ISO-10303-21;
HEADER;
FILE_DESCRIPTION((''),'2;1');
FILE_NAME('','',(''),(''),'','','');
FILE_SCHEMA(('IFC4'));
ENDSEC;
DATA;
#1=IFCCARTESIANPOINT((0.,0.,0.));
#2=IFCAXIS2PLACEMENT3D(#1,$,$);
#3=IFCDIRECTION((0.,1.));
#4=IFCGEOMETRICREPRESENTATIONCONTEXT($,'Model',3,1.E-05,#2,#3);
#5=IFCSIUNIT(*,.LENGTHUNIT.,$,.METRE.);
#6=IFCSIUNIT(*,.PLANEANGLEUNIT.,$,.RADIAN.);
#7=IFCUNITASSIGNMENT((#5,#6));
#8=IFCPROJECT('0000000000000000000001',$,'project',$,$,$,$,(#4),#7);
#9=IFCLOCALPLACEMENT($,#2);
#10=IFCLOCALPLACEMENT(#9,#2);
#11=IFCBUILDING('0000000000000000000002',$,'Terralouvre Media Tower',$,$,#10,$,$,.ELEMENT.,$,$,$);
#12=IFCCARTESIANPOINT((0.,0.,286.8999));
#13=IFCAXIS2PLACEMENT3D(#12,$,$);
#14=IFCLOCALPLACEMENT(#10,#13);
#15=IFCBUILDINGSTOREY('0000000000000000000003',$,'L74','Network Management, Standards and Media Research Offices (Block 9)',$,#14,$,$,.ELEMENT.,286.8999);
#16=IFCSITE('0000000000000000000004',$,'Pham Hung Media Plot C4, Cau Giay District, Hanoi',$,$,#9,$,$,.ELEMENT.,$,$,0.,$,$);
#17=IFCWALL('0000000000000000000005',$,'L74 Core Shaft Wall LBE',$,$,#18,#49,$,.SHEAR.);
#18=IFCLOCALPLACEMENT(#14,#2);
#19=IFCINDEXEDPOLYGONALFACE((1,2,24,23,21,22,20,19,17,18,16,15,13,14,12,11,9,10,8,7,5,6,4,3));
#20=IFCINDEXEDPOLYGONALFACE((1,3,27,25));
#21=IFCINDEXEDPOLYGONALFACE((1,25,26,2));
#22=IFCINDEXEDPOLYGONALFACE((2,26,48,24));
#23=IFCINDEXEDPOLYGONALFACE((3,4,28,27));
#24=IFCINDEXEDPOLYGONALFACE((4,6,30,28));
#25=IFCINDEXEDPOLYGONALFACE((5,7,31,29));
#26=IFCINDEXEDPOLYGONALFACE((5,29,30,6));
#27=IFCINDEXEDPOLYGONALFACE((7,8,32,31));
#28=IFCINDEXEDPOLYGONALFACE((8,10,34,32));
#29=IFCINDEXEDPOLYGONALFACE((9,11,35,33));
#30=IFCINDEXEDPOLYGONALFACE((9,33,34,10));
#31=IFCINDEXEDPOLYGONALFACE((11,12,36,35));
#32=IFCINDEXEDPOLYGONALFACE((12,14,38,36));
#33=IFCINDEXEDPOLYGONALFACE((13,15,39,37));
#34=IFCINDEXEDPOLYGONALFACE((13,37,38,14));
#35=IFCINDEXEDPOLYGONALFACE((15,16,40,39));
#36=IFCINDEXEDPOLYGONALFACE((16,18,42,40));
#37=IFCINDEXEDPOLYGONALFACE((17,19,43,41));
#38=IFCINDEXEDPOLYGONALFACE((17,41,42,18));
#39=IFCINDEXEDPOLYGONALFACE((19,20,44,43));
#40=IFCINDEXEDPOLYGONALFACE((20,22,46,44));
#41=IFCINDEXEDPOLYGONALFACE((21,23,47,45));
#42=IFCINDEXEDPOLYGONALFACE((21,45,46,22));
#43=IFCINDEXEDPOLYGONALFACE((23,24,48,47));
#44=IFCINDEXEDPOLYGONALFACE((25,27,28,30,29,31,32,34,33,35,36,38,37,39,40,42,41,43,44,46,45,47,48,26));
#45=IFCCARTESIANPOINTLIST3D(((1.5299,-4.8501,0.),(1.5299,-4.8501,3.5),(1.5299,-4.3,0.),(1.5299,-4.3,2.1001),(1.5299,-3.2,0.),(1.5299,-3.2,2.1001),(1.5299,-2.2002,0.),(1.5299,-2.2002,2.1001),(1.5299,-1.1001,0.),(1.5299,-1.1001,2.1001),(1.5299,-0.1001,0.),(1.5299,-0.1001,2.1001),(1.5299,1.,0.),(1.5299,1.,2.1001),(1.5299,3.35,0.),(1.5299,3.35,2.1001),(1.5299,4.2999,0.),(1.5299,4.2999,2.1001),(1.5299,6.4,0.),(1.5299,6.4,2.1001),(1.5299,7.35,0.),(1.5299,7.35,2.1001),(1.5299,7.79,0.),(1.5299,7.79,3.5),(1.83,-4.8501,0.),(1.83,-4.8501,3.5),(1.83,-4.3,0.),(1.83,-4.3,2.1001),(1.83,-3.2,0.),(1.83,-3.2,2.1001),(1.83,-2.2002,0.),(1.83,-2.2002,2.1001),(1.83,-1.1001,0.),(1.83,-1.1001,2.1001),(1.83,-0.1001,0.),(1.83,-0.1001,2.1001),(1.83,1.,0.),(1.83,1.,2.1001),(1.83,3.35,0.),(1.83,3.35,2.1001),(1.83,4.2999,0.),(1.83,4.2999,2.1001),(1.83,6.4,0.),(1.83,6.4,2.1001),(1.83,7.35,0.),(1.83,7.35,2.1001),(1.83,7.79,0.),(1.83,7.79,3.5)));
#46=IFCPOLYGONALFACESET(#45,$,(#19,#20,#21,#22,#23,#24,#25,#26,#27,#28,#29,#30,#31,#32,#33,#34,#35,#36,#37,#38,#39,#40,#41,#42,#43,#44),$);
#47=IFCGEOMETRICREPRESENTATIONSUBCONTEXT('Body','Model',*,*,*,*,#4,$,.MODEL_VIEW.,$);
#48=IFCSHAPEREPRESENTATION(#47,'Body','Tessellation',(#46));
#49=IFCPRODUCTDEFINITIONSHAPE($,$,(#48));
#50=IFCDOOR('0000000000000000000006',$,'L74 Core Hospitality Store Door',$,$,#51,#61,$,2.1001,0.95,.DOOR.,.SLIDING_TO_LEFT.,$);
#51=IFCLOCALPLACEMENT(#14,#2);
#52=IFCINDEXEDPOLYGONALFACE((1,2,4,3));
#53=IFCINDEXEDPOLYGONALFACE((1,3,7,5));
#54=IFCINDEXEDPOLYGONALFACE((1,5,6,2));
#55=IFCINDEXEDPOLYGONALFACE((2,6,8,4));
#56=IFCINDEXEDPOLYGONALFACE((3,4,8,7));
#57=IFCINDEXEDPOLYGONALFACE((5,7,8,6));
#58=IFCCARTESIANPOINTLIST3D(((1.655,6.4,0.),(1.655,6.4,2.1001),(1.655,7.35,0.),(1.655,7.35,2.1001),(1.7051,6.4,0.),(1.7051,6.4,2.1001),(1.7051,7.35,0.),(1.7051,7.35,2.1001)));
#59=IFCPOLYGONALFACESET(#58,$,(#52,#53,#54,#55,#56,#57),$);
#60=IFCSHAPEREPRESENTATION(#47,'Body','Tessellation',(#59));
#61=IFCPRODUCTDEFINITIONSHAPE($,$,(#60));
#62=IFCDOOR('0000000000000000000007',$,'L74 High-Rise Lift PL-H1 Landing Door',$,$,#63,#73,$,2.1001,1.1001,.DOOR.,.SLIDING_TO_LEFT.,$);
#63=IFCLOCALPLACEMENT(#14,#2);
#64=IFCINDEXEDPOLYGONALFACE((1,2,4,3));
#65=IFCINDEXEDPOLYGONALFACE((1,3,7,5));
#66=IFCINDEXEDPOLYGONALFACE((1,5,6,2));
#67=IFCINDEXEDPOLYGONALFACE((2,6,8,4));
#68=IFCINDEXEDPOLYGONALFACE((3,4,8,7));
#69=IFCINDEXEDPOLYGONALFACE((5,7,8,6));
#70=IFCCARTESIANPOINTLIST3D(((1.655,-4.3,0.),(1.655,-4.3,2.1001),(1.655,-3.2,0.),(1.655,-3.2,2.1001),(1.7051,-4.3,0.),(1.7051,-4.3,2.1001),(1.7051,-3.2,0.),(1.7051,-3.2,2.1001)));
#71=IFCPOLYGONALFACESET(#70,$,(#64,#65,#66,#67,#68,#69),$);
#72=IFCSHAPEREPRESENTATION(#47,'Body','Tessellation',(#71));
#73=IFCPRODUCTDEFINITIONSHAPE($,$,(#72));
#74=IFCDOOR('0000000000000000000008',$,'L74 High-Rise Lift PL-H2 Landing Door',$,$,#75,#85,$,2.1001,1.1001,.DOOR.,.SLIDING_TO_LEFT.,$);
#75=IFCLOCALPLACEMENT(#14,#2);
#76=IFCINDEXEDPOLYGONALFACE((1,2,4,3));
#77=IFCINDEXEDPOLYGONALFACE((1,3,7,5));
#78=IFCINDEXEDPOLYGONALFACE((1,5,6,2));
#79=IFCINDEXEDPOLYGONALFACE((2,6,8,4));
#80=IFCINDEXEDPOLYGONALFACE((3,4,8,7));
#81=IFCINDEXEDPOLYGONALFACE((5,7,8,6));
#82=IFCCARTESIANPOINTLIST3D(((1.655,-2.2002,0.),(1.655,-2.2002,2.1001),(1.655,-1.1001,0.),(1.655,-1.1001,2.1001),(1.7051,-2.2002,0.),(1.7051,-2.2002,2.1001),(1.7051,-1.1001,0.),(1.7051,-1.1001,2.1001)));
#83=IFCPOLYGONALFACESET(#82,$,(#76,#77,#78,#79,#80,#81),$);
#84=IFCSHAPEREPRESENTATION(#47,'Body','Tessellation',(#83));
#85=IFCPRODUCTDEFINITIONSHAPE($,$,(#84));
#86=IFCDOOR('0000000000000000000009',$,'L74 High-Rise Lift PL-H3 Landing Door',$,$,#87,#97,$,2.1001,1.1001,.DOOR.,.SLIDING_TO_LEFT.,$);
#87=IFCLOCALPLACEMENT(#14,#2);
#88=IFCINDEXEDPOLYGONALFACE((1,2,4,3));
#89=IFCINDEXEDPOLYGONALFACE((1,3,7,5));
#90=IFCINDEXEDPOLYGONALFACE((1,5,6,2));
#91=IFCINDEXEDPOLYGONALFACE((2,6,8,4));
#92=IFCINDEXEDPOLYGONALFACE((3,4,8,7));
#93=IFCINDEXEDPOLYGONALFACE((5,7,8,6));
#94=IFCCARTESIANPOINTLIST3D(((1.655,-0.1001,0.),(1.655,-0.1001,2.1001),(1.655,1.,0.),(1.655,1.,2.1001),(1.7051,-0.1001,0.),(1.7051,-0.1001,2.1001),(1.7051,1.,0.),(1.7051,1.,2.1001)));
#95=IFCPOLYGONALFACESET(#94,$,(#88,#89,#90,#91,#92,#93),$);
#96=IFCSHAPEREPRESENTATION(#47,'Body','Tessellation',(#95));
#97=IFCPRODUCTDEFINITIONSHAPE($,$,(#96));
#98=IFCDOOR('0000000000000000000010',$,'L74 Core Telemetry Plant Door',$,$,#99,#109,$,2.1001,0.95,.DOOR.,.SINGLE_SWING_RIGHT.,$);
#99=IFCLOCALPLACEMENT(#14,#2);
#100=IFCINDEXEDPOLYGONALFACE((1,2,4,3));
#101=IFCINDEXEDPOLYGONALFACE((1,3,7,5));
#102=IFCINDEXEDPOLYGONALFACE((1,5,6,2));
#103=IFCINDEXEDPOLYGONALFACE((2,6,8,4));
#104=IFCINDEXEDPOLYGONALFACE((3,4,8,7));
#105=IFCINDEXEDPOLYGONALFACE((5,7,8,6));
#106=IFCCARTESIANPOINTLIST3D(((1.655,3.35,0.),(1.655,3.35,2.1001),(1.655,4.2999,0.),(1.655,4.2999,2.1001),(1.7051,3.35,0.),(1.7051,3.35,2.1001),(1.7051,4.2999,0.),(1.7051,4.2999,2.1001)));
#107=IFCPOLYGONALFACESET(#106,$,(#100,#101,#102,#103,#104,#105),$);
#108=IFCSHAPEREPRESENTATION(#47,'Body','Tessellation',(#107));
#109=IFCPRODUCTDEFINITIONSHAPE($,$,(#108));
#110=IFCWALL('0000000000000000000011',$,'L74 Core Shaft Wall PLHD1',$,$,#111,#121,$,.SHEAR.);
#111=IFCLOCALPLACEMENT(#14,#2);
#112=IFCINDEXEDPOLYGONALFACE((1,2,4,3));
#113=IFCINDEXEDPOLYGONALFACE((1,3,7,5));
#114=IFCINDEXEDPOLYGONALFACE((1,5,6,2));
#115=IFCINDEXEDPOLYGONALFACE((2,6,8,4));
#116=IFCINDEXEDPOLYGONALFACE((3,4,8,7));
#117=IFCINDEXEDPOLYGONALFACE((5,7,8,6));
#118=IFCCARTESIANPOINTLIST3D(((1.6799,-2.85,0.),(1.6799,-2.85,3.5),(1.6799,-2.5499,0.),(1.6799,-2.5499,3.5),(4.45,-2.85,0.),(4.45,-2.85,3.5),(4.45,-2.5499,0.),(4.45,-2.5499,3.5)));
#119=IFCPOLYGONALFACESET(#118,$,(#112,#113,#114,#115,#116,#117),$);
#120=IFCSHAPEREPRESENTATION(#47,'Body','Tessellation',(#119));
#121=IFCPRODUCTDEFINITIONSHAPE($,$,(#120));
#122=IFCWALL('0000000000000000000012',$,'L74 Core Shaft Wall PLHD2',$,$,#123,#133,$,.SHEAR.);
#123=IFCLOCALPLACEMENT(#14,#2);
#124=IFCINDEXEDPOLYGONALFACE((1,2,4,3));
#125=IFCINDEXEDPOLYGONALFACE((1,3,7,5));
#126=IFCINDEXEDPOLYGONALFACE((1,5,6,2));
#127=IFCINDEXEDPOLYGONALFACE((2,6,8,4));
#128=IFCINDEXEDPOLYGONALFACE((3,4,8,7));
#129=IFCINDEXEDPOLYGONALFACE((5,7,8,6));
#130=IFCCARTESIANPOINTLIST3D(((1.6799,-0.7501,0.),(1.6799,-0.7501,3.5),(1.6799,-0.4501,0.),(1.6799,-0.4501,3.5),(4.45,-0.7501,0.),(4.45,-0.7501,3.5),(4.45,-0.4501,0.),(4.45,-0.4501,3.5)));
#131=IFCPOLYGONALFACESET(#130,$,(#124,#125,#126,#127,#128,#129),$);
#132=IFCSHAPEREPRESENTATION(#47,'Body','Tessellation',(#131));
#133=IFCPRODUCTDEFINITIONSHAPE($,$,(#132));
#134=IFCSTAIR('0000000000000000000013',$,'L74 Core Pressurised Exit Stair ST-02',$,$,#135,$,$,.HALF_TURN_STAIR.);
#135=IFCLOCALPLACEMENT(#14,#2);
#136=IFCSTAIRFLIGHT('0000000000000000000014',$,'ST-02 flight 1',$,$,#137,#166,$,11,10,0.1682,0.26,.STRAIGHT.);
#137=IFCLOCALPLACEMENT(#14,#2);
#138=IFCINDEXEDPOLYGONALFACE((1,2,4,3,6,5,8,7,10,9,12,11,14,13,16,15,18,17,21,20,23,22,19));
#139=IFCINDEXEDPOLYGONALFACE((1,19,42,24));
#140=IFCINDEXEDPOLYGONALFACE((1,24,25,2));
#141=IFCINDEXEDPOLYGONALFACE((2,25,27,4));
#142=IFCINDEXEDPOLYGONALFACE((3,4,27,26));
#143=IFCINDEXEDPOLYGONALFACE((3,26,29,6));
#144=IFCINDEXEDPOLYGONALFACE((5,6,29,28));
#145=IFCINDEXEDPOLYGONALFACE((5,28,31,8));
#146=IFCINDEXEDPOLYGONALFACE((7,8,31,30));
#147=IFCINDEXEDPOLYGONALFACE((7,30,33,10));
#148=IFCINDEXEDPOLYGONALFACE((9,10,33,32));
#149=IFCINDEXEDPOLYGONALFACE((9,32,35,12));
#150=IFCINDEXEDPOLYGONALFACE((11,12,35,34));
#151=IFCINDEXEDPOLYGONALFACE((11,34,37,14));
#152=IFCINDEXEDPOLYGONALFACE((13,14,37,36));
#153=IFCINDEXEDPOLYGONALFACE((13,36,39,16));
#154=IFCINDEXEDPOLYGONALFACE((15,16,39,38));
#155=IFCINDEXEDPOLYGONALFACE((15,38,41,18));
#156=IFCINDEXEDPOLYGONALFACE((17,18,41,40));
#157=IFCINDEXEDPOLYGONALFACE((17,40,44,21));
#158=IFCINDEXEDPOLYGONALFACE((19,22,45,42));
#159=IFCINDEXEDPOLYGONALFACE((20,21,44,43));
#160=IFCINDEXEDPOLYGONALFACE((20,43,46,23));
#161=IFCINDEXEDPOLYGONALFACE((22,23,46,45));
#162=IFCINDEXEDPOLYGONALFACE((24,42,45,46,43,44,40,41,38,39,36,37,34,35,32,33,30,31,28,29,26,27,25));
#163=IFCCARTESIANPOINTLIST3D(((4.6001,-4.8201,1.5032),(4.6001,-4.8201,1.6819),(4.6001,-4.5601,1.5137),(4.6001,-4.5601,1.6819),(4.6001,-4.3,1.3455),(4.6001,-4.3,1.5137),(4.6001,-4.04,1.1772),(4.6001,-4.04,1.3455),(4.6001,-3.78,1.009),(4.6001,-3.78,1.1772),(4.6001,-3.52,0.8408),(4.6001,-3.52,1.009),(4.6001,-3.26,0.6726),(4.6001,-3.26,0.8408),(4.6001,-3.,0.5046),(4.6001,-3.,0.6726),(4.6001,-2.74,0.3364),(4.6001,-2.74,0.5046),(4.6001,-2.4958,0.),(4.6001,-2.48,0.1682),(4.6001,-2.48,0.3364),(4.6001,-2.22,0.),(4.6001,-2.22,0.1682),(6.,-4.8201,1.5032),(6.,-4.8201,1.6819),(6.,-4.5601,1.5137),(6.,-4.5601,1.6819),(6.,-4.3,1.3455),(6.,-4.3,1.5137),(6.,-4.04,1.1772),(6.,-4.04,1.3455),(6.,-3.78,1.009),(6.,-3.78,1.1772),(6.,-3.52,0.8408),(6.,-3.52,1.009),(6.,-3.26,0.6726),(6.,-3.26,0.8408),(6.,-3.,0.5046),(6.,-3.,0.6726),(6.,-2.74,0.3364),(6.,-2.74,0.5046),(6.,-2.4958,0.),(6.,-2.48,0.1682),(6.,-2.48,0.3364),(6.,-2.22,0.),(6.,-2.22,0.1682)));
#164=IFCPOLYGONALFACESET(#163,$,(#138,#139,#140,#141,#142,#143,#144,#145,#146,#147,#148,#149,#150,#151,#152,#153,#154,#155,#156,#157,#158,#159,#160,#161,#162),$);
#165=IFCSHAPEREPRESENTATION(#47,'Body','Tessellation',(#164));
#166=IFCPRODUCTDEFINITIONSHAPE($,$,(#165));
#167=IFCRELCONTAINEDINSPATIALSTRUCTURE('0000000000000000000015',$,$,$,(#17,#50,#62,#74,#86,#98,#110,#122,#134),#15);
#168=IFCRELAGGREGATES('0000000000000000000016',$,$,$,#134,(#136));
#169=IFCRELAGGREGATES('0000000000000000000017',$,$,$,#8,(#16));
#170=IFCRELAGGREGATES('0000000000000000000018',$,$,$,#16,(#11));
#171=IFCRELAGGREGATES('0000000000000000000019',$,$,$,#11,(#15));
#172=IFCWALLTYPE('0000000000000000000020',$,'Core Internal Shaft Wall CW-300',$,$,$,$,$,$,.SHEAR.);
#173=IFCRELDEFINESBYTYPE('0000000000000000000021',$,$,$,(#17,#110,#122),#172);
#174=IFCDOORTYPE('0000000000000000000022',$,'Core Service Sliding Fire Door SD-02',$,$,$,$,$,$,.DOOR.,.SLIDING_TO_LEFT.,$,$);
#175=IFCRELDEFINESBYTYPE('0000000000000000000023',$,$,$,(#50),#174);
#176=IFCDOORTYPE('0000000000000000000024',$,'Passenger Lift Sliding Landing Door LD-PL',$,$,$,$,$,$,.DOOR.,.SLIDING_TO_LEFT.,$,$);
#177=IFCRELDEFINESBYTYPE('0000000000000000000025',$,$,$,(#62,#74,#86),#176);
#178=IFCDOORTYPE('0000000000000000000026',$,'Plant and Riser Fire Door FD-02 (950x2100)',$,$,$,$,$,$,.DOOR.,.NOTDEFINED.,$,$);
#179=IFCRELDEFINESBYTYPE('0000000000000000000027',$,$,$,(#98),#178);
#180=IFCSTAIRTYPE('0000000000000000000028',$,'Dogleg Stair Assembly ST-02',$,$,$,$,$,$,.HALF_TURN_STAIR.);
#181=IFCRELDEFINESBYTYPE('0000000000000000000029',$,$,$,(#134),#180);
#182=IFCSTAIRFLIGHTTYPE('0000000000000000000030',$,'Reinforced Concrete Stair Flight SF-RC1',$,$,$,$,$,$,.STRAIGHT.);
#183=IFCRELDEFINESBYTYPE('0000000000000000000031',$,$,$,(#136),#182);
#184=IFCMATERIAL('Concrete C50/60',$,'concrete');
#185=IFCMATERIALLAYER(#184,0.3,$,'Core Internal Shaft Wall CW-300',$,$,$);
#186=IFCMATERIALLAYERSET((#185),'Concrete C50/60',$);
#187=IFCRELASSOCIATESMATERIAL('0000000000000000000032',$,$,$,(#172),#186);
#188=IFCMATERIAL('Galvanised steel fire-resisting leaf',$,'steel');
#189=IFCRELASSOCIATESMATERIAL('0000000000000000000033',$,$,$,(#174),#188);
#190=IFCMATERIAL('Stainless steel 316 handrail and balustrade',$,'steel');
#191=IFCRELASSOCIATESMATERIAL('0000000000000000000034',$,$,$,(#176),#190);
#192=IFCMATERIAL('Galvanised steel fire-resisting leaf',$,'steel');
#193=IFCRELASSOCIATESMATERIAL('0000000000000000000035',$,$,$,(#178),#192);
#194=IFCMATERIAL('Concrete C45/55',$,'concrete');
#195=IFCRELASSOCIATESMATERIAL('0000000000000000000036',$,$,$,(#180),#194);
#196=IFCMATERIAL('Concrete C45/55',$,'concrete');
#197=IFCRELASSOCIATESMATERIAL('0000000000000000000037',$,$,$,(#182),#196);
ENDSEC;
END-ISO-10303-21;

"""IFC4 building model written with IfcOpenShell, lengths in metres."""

from ifc_helpers import new_model, si_unit, direction, frame, frame_2d, origin, place, context, subcontext, project, spatial, polyline, rectangle, outline, extrude, material, layer, layer_set, type_object, element, fill, aggregate, save


model = new_model("IFC4")

# Units and contexts
model_context = context("Model", 3, precision=1e-05, world=origin(), true_north=direction((0.0, 1.0)))
body_context = subcontext(model_context, "Body", "Model", "MODEL_VIEW")
ifc_project = project(units=[si_unit("LENGTHUNIT", "METRE"), si_unit("PLANEANGLEUNIT", "RADIAN")], contexts=[model_context])

# Site, building, storey
site_placement = place(None, origin())
site = spatial("IfcSite", under=ifc_project, at=site_placement, Name="Pham Hung Media Plot C4, Cau Giay District, Hanoi", CompositionType="ELEMENT", RefElevation=0.0)
building_placement = place(site_placement, origin())
building = spatial("IfcBuilding", under=site, at=building_placement, Name="Terralouvre Media Tower", CompositionType="ELEMENT")
storey_placement = place(building_placement, frame((0.0, 0.0, 286.8999)))
storey = spatial("IfcBuildingStorey", under=building, at=storey_placement, Name="L74", Description="Network Management, Standards and Media Research Offices (Block 9)", CompositionType="ELEMENT", Elevation=286.8999)

# Shared definitions
ifc_material_1 = material(Name="Concrete C50/60", Category="concrete")
ifc_layer_1 = layer(ifc_material_1, 0.3, Name="Core Internal Shaft Wall CW-300")
ifc_layer_set_1 = layer_set([ifc_layer_1], Name="Concrete C50/60")
wall_type = type_object("IfcWallType", Name="Core Internal Shaft Wall CW-300", PredefinedType="SHEAR", material=ifc_layer_set_1)

# Wall, openings, doors
wall_1_placement = place(storey_placement, frame((1.6799, -4.8501, 0.0), z_axis=(0.0, 0.0, 1.0), x_axis=(0.0, 1.0, 0.0)))
wall_1 = element("IfcWall", 1, at=wall_1_placement, inside=storey, type_object=wall_type, Name="L74 Core Shaft Wall LBE", PredefinedType="SHEAR", context=body_context, shape_type="SweptSolid", body=[
    extrude(rectangle(XDim=12.6401, YDim=0.3, at=frame_2d((6.3201, 0.0))), origin(), (0.0, 0.0, 1.0), 3.5),
])
opening_1_placement = place(wall_1_placement, frame((0.55, 0.0, 0.0)))
opening_1 = element("IfcOpeningElement", 2, at=opening_1_placement, cuts=wall_1, PredefinedType="OPENING", context=body_context, shape_type="SweptSolid", body=[
    extrude(rectangle(XDim=1.1001, YDim=2.1001, at=frame_2d((0.55, 1.05))), frame((0.0, 0.1599, 0.0), z_axis=(0.0, -1.0, 0.0), x_axis=(1.0, 0.0, 0.0)), (0.0, 0.0, 1.0), 0.3201),
])
opening_2_placement = place(wall_1_placement, frame((2.6499, 0.0, 0.0)))
opening_2 = element("IfcOpeningElement", 3, at=opening_2_placement, cuts=wall_1, PredefinedType="OPENING", context=body_context, shape_type="SweptSolid", body=[
    extrude(rectangle(XDim=1.1001, YDim=2.1001, at=frame_2d((0.55, 1.05))), frame((0.0, 0.1599, 0.0), z_axis=(0.0, -1.0, 0.0), x_axis=(1.0, 0.0, 0.0)), (0.0, 0.0, 1.0), 0.3201),
])
opening_3_placement = place(wall_1_placement, frame((4.75, 0.0, 0.0)))
opening_3 = element("IfcOpeningElement", 4, at=opening_3_placement, cuts=wall_1, PredefinedType="OPENING", context=body_context, shape_type="SweptSolid", body=[
    extrude(rectangle(XDim=1.1001, YDim=2.1001, at=frame_2d((0.55, 1.05))), frame((0.0, 0.1599, 0.0), z_axis=(0.0, -1.0, 0.0), x_axis=(1.0, 0.0, 0.0)), (0.0, 0.0, 1.0), 0.3201),
])
opening_4_placement = place(wall_1_placement, frame((8.2, 0.0, 0.0)))
opening_4 = element("IfcOpeningElement", 5, at=opening_4_placement, cuts=wall_1, PredefinedType="OPENING", context=body_context, shape_type="SweptSolid", body=[
    extrude(rectangle(XDim=0.95, YDim=2.1001, at=frame_2d((0.4751, 1.05))), frame((0.0, 0.1599, 0.0), z_axis=(0.0, -1.0, 0.0), x_axis=(1.0, 0.0, 0.0)), (0.0, 0.0, 1.0), 0.3201),
])
opening_5_placement = place(wall_1_placement, frame((11.25, 0.0, 0.0)))
opening_5 = element("IfcOpeningElement", 6, at=opening_5_placement, cuts=wall_1, PredefinedType="OPENING", context=body_context, shape_type="SweptSolid", body=[
    extrude(rectangle(XDim=0.95, YDim=2.1001, at=frame_2d((0.4751, 1.05))), frame((0.0, 0.1599, 0.0), z_axis=(0.0, -1.0, 0.0), x_axis=(1.0, 0.0, 0.0)), (0.0, 0.0, 1.0), 0.3201),
])
ifc_material_2 = material(Name="Galvanised steel fire-resisting leaf", Category="steel")
door_type_1 = type_object("IfcDoorType", Name="Core Service Sliding Fire Door SD-02", OperationType="SLIDING_TO_LEFT", PredefinedType="DOOR", material=ifc_material_2)
door_1_placement = place(opening_5_placement, origin())
door_1 = element("IfcDoor", 7, at=door_1_placement, inside=storey, type_object=door_type_1, Name="L74 Core Hospitality Store Door", OperationType="SLIDING_TO_LEFT", OverallHeight=2.1001, OverallWidth=0.95, PredefinedType="DOOR", context=body_context, shape_type="SweptSolid", body=[
    extrude(rectangle(XDim=0.95, YDim=2.1001, at=frame_2d((0.4751, 1.05))), frame((0.0, 0.0249, 0.0), z_axis=(0.0, -1.0, 0.0), x_axis=(1.0, 0.0, 0.0)), (0.0, 0.0, 1.0), 0.05),
])
fill(opening_5, door_1)
ifc_material_3 = material(Name="Stainless steel 316 handrail and balustrade", Category="steel")
door_type_2 = type_object("IfcDoorType", Name="Passenger Lift Sliding Landing Door LD-PL", OperationType="SLIDING_TO_LEFT", PredefinedType="DOOR", material=ifc_material_3)
door_2_placement = place(opening_1_placement, origin())
door_2 = element("IfcDoor", 8, at=door_2_placement, inside=storey, type_object=door_type_2, Name="L74 High-Rise Lift PL-H1 Landing Door", OperationType="SLIDING_TO_LEFT", OverallHeight=2.1001, OverallWidth=1.1001, PredefinedType="DOOR", context=body_context, shape_type="SweptSolid", body=[
    extrude(rectangle(XDim=1.1001, YDim=2.1001, at=frame_2d((0.55, 1.05))), frame((0.0, 0.0249, 0.0), z_axis=(0.0, -1.0, 0.0), x_axis=(1.0, 0.0, 0.0)), (0.0, 0.0, 1.0), 0.05),
])
fill(opening_1, door_2)
door_3_placement = place(opening_2_placement, origin())
door_3 = element("IfcDoor", 9, at=door_3_placement, inside=storey, type_object=door_type_2, Name="L74 High-Rise Lift PL-H2 Landing Door", OperationType="SLIDING_TO_LEFT", OverallHeight=2.1001, OverallWidth=1.1001, PredefinedType="DOOR", context=body_context, shape_type="SweptSolid", body=[
    extrude(rectangle(XDim=1.1001, YDim=2.1001, at=frame_2d((0.55, 1.05))), frame((0.0, 0.0249, 0.0), z_axis=(0.0, -1.0, 0.0), x_axis=(1.0, 0.0, 0.0)), (0.0, 0.0, 1.0), 0.05),
])
fill(opening_2, door_3)
door_4_placement = place(opening_3_placement, origin())
door_4 = element("IfcDoor", 10, at=door_4_placement, inside=storey, type_object=door_type_2, Name="L74 High-Rise Lift PL-H3 Landing Door", OperationType="SLIDING_TO_LEFT", OverallHeight=2.1001, OverallWidth=1.1001, PredefinedType="DOOR", context=body_context, shape_type="SweptSolid", body=[
    extrude(rectangle(XDim=1.1001, YDim=2.1001, at=frame_2d((0.55, 1.05))), frame((0.0, 0.0249, 0.0), z_axis=(0.0, -1.0, 0.0), x_axis=(1.0, 0.0, 0.0)), (0.0, 0.0, 1.0), 0.05),
])
fill(opening_3, door_4)
ifc_material_4 = material(Name="Galvanised steel fire-resisting leaf", Category="steel")
door_type_3 = type_object("IfcDoorType", Name="Plant and Riser Fire Door FD-02 (950x2100)", OperationType="NOTDEFINED", PredefinedType="DOOR", material=ifc_material_4)
door_5_placement = place(opening_4_placement, origin())
door_5 = element("IfcDoor", 11, at=door_5_placement, inside=storey, type_object=door_type_3, Name="L74 Core Telemetry Plant Door", OperationType="SINGLE_SWING_RIGHT", OverallHeight=2.1001, OverallWidth=0.95, PredefinedType="DOOR", context=body_context, shape_type="SweptSolid", body=[
    extrude(rectangle(XDim=0.95, YDim=2.1001, at=frame_2d((0.4751, 1.05))), frame((0.0, 0.0249, 0.0), z_axis=(0.0, -1.0, 0.0), x_axis=(1.0, 0.0, 0.0)), (0.0, 0.0, 1.0), 0.05),
])
fill(opening_4, door_5)

# Walls
for number, where, z_axis, x_axis, name in (
    (12, (1.6799, -2.7, 0.0), (0.0, 0.0, 1.0), (1.0, 0.0, 0.0), "L74 Core Shaft Wall PLHD1"),
    (13, (1.6799, -0.6001, 0.0), (0.0, 0.0, 1.0), (1.0, 0.0, 0.0), "L74 Core Shaft Wall PLHD2"),
):
    element("IfcWall", number, at=place(storey_placement, frame(where, z_axis=z_axis, x_axis=x_axis)), inside=storey, type_object=wall_type, Name=name, PredefinedType="SHEAR", context=body_context, shape_type="SweptSolid", body=[
        extrude(rectangle(XDim=2.77, YDim=0.3, at=frame_2d((1.385, 0.0))), origin(), (0.0, 0.0, 1.0), 3.5),
    ])

# Stair, stair flight
ifc_material_5 = material(Name="Concrete C45/55", Category="concrete")
stair_type = type_object("IfcStairType", Name="Dogleg Stair Assembly ST-02", PredefinedType="HALF_TURN_STAIR", material=ifc_material_5)
stair_placement = place(storey_placement, origin())
stair = element("IfcStair", 14, at=stair_placement, inside=storey, type_object=stair_type, Name="L74 Core Pressurised Exit Stair ST-02", PredefinedType="HALF_TURN_STAIR")
ifc_material_6 = material(Name="Concrete C45/55", Category="concrete")
stair_flight_type = type_object("IfcStairFlightType", Name="Reinforced Concrete Stair Flight SF-RC1", PredefinedType="STRAIGHT", material=ifc_material_6)
stair_flight_1_placement = place(storey_placement, frame((5.3, -2.22, 0.0), z_axis=(0.0, 0.0, 1.0), x_axis=(0.0, -1.0, 0.0)))
stair_flight_1 = element("IfcStairFlight", 15, at=stair_flight_1_placement, type_object=stair_flight_type, Name="ST-02 flight 1", NumberOfRisers=11, NumberOfTreads=10, PredefinedType="STRAIGHT", RiserHeight=0.1682, TreadLength=0.26, context=body_context, shape_type="SweptSolid", body=[
    extrude(outline(polyline([(0.0, 0.0), (0.0, 0.1682), (0.26, 0.1682), (0.26, 0.3364), (0.52, 0.3364), (0.52, 0.5046), (0.78, 0.5046), (0.78, 0.6726), (1.04, 0.6726), (1.04, 0.8408), (1.3, 0.8408), (1.3, 1.009), (1.5601, 1.009), (1.5601, 1.1772), (1.8201, 1.1772), (1.8201, 1.3455), (2.0801, 1.3455), (2.0801, 1.5137), (2.3401, 1.5137), (2.3401, 1.6819), (2.6001, 1.6819), (2.6001, 1.8501), (2.6001, 1.5032), (0.2759, 0.0), (0.0, 0.0)])), frame((0.0, 0.7, 0.0), z_axis=(0.0, -1.0, 0.0), x_axis=(1.0, 0.0, 0.0)), (0.0, 0.0, 1.0), 1.3999),
])
aggregate(stair, [stair_flight_1])

save(model, "model.ifc")
